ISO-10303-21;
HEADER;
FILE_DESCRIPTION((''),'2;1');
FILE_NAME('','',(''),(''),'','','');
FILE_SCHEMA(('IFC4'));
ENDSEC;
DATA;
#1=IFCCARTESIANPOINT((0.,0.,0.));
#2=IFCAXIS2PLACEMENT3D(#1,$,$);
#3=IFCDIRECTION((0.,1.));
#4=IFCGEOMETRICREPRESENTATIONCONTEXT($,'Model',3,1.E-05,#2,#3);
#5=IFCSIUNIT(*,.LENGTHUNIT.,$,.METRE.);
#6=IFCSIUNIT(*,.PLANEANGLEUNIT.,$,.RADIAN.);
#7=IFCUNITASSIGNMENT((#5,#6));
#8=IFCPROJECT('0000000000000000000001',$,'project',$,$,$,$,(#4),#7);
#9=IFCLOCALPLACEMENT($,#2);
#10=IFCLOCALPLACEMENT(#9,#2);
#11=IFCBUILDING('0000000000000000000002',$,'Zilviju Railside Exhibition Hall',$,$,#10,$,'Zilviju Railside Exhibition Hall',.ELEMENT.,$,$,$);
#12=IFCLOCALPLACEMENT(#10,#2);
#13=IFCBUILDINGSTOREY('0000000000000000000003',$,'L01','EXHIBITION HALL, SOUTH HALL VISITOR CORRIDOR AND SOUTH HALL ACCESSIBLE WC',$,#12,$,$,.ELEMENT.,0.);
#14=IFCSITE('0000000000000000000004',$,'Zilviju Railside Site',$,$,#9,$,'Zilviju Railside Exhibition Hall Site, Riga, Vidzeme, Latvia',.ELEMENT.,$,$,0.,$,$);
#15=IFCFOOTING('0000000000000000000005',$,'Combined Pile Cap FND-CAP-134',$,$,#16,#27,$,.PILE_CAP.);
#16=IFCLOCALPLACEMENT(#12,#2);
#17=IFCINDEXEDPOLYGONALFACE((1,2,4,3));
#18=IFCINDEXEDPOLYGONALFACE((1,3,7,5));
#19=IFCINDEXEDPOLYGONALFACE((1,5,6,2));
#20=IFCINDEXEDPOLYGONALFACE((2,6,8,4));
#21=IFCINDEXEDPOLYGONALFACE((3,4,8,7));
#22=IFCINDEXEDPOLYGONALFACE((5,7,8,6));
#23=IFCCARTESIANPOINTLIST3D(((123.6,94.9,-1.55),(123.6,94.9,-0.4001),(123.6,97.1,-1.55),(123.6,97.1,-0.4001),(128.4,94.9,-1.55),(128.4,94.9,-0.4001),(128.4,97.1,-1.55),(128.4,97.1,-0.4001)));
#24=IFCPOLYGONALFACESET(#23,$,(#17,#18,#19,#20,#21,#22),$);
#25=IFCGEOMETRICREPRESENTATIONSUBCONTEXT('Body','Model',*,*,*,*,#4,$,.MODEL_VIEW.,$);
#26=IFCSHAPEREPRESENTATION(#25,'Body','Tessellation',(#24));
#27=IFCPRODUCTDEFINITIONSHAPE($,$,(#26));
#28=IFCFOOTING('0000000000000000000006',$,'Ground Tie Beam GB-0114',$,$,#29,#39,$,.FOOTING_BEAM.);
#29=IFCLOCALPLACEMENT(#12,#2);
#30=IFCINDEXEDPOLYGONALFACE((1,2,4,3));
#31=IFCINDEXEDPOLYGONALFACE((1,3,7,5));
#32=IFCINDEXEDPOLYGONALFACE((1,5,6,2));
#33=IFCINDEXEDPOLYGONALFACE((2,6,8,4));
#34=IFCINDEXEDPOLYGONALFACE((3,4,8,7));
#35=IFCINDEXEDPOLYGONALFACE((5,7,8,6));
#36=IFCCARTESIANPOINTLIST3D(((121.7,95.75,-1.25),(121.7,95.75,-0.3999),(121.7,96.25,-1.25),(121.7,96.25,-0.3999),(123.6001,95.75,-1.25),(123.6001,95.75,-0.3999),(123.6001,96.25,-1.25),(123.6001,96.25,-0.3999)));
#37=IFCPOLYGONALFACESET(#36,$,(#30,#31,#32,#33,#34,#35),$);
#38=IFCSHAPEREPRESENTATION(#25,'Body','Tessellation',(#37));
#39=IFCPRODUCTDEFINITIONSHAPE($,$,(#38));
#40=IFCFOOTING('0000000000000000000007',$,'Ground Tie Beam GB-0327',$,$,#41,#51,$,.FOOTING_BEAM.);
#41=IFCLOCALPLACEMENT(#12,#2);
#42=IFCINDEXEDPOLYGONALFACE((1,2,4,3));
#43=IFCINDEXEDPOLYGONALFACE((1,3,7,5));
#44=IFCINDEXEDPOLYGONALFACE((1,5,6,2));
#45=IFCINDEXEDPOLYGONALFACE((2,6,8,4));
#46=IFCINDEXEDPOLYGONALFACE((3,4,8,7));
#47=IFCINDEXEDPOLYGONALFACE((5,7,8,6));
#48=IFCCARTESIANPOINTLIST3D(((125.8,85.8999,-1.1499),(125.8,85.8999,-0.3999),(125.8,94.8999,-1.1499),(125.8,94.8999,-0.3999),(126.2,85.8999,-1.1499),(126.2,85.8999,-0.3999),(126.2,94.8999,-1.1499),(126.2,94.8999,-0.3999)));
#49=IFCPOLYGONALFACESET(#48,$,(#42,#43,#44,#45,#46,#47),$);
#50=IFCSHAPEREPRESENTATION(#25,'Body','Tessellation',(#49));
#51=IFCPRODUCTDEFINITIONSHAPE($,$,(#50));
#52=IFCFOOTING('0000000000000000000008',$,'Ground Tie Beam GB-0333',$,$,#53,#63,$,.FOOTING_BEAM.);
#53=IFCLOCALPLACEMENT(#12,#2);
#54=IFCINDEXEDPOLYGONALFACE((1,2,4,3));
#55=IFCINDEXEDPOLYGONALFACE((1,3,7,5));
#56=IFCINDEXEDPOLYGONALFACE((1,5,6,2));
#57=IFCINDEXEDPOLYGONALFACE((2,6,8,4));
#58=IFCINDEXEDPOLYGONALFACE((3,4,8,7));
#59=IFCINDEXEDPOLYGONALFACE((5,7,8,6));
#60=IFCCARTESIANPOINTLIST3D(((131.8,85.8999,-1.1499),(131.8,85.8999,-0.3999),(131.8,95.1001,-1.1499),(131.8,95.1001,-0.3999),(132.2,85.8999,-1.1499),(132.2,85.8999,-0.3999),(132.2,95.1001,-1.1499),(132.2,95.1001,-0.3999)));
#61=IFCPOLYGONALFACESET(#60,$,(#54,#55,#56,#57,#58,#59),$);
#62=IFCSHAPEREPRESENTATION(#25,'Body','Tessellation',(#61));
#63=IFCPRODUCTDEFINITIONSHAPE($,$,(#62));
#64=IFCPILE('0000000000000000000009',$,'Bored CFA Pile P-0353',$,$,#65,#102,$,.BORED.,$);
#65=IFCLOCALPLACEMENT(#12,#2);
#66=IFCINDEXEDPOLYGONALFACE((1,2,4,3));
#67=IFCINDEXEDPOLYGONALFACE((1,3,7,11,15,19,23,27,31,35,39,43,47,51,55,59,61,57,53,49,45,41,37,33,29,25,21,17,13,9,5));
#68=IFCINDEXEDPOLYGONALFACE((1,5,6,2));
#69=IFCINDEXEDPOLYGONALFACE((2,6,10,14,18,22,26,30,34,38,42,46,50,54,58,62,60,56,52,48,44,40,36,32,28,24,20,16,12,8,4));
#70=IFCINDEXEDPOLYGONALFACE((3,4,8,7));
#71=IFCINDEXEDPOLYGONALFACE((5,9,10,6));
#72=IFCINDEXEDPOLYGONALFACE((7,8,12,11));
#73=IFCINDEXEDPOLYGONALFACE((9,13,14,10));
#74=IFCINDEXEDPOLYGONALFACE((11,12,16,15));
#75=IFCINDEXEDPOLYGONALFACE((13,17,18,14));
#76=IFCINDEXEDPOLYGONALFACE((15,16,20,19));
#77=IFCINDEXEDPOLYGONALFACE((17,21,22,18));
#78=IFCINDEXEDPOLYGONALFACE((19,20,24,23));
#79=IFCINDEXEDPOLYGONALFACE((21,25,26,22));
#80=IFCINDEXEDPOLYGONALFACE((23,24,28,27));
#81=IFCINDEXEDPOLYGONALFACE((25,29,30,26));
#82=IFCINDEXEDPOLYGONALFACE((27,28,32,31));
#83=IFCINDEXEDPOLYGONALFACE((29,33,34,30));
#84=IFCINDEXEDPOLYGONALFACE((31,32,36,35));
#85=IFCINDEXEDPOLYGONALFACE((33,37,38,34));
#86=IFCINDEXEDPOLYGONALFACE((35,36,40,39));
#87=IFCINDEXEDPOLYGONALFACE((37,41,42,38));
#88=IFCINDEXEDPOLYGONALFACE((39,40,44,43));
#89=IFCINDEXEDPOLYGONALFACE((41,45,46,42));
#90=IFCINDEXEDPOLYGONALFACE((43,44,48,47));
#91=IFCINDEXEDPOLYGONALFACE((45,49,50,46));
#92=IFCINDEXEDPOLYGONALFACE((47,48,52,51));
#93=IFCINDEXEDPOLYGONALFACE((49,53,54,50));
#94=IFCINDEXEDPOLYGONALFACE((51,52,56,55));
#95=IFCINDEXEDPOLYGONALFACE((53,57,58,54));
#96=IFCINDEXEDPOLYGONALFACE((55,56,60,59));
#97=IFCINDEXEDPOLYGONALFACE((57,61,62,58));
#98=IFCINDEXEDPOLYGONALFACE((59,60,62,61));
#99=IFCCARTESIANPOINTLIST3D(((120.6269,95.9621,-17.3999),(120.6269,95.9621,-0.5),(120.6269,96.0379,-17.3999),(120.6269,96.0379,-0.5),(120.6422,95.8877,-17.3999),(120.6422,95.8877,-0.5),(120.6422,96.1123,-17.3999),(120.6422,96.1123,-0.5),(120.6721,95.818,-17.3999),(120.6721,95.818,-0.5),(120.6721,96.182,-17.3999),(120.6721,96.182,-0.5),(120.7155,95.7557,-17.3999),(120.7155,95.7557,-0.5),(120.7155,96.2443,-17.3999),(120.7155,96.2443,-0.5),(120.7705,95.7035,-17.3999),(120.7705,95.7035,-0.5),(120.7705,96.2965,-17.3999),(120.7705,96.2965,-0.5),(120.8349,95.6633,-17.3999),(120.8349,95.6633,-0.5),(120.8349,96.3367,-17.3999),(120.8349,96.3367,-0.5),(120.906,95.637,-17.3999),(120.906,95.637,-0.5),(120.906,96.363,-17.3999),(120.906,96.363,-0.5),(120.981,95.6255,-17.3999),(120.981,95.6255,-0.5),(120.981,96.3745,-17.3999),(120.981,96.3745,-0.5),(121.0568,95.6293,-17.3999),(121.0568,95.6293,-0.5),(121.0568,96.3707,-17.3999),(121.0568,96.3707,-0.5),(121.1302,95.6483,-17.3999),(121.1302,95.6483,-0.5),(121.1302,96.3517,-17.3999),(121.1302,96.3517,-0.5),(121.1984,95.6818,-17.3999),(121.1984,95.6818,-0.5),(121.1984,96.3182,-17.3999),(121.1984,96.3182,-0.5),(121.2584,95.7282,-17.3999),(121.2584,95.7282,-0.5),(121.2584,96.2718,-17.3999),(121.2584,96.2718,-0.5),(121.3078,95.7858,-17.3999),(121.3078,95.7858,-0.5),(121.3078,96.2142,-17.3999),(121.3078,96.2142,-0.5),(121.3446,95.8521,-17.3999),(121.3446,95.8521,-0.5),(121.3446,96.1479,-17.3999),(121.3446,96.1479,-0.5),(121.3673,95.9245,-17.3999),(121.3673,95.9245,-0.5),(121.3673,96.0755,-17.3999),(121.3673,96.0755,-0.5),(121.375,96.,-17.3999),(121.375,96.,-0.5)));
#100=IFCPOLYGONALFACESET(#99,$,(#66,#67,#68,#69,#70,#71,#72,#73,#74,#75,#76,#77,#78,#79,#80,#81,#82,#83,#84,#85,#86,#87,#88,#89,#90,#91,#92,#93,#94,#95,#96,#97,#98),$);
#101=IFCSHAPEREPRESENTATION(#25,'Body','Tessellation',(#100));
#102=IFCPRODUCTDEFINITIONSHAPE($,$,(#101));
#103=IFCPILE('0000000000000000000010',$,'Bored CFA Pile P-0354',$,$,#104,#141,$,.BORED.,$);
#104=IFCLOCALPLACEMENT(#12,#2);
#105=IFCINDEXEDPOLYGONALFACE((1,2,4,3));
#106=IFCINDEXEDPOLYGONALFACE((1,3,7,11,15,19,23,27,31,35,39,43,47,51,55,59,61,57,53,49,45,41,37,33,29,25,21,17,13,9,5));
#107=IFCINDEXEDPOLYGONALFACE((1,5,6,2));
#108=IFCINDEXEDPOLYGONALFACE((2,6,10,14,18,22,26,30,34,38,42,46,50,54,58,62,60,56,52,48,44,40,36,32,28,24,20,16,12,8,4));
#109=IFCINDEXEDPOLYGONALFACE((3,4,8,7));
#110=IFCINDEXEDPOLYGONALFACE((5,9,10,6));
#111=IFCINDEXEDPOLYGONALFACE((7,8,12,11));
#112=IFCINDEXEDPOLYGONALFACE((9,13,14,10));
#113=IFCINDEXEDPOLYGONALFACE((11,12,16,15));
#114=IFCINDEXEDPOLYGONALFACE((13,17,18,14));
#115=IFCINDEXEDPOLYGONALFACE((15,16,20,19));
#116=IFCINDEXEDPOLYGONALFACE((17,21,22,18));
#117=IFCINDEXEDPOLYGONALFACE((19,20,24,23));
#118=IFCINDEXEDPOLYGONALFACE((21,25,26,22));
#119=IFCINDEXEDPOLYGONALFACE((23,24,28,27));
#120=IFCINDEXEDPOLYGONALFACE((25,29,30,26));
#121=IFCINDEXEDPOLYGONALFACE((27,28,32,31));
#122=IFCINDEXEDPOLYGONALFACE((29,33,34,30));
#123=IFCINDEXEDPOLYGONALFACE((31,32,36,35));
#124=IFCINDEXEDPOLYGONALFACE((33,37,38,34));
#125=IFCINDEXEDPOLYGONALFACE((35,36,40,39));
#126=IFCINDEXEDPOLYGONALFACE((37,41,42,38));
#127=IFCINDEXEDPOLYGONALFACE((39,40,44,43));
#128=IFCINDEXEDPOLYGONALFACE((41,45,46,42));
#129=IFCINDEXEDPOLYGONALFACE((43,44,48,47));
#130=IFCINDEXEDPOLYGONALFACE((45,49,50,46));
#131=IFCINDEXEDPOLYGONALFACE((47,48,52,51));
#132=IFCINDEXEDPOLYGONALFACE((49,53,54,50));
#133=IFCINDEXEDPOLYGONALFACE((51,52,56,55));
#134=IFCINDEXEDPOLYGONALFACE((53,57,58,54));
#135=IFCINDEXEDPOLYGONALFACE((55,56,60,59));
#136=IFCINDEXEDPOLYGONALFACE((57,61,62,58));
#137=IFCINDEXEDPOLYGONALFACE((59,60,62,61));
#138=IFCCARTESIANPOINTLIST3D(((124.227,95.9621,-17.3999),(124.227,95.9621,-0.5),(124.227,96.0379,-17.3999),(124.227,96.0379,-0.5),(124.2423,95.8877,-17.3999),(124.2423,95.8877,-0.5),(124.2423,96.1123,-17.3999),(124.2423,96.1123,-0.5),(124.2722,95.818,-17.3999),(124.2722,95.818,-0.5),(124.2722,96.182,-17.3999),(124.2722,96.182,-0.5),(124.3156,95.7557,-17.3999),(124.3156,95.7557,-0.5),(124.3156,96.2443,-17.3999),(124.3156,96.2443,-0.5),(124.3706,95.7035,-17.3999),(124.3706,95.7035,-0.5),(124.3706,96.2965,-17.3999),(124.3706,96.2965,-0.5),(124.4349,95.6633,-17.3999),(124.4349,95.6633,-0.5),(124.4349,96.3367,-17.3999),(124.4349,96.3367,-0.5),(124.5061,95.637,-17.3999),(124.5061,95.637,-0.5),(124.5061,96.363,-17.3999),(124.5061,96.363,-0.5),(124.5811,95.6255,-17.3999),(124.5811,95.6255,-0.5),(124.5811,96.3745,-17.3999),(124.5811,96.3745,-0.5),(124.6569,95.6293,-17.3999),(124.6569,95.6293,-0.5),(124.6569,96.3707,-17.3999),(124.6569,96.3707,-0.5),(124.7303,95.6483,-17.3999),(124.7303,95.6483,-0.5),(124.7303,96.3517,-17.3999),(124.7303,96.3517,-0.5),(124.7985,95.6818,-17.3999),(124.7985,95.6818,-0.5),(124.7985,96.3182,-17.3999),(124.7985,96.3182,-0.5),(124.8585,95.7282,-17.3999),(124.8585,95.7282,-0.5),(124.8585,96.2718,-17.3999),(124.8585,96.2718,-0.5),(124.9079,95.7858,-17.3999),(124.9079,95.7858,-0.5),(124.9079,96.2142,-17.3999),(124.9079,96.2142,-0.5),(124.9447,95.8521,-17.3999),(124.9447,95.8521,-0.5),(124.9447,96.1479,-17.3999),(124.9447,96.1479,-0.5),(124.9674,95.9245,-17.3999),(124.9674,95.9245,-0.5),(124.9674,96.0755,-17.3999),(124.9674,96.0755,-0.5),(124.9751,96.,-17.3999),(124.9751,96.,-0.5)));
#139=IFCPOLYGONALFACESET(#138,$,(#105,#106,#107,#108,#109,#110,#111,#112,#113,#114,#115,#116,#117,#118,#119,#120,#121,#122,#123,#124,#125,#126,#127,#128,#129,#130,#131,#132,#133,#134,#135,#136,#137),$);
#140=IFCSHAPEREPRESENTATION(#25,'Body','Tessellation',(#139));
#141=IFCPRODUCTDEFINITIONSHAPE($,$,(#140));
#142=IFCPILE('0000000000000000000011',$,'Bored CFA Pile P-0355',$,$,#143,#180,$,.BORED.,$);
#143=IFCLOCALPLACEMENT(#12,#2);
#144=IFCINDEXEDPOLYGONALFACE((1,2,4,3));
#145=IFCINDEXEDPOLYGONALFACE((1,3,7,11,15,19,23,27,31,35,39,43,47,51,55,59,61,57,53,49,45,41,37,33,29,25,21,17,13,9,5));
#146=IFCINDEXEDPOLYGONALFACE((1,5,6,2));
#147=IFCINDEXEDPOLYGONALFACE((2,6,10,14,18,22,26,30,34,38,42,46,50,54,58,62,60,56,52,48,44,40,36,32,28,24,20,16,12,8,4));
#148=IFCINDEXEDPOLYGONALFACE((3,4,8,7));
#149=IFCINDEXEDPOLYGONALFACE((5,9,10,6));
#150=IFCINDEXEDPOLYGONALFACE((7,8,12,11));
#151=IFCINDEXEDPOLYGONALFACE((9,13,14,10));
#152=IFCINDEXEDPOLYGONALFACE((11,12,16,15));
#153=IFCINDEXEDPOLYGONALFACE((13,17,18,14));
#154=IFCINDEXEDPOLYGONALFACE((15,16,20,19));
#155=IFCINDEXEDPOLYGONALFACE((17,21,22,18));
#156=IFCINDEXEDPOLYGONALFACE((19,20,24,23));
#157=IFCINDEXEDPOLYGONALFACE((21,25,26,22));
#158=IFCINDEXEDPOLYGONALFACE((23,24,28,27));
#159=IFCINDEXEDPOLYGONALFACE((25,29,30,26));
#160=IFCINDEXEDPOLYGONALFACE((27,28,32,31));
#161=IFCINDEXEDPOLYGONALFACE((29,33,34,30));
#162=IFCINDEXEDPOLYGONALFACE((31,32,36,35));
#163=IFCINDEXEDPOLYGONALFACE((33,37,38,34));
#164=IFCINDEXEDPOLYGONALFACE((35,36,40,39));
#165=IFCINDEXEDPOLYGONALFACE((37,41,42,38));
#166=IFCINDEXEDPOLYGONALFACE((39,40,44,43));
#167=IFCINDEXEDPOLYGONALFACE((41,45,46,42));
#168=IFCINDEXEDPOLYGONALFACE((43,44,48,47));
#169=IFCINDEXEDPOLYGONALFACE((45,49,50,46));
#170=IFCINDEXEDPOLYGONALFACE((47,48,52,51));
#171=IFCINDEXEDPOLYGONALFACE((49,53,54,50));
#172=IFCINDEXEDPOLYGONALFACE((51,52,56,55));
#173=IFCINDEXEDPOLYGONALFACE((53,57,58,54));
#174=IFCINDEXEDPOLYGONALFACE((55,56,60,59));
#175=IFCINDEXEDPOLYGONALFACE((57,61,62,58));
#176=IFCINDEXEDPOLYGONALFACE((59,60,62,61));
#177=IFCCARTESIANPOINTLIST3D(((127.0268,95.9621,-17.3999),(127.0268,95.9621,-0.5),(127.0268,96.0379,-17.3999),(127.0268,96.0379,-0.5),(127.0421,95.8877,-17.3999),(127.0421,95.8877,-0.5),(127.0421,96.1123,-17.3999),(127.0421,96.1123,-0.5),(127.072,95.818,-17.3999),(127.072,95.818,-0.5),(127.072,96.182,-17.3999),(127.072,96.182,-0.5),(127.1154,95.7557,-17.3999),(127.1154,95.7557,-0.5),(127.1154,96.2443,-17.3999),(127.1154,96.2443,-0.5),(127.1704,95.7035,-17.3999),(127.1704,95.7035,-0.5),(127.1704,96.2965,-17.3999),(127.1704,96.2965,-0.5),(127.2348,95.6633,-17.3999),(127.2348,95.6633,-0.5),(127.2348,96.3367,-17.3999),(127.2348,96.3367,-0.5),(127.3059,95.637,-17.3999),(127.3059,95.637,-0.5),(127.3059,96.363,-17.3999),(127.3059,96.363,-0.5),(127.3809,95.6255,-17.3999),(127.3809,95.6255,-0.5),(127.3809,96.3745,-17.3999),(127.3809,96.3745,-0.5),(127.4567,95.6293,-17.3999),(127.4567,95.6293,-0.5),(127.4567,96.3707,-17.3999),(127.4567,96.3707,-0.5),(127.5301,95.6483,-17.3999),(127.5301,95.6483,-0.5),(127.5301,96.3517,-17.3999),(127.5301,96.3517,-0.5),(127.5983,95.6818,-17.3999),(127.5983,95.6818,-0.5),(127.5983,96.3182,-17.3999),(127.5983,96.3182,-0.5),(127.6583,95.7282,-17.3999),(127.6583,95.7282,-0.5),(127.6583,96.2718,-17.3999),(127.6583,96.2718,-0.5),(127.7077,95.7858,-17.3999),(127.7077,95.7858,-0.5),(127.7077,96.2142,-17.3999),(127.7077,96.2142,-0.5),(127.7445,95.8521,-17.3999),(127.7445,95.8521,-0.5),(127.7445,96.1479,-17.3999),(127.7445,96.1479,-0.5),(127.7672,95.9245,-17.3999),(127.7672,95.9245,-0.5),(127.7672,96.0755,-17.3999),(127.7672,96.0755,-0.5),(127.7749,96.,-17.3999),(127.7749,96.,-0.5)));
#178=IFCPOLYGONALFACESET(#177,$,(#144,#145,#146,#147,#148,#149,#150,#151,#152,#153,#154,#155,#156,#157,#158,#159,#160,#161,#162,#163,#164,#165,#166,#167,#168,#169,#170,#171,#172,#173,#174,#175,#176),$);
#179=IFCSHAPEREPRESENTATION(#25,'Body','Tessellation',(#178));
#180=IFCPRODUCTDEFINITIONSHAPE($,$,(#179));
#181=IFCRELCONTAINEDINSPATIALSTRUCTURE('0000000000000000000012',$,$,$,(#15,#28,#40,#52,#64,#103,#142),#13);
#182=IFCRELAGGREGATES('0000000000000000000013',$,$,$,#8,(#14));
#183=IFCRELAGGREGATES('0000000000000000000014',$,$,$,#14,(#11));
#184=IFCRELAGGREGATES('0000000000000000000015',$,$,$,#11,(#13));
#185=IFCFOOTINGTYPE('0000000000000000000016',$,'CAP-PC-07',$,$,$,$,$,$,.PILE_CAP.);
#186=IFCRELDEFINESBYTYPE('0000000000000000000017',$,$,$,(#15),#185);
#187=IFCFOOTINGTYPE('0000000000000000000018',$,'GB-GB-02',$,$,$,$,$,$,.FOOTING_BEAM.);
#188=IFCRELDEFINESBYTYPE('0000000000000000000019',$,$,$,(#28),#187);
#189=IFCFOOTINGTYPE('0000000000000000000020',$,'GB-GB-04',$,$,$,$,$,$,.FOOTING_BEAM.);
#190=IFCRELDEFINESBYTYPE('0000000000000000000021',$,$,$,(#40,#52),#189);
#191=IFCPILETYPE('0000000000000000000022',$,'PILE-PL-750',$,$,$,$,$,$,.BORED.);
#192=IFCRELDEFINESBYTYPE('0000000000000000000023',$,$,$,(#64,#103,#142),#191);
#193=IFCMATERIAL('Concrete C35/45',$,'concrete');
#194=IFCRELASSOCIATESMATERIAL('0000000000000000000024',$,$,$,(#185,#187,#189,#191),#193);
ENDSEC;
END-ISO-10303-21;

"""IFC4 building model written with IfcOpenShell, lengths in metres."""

from ifc_helpers import new_model, si_unit, direction, frame, origin, origin_2d, place, context, subcontext, project, spatial, rectangle, circle, extrude, material, material_profile, profile_set, type_object, element, save


model = new_model("IFC4")

# Units and contexts
model_context = context("Model", 3, precision=1e-05, world=origin(), true_north=direction((0.0, 1.0)))
body_context = subcontext(model_context, "Body", "Model", "MODEL_VIEW")
ifc_project = project(units=[si_unit("LENGTHUNIT", "METRE"), si_unit("PLANEANGLEUNIT", "RADIAN")], contexts=[model_context])

# Site, building, storey
site_placement = place(None, origin())
site = spatial("IfcSite", under=ifc_project, at=site_placement, Name="Zilviju Railside Site", LongName="Zilviju Railside Exhibition Hall Site, Riga, Vidzeme, Latvia", CompositionType="ELEMENT", RefElevation=0.0)
building_placement = place(site_placement, origin())
building = spatial("IfcBuilding", under=site, at=building_placement, Name="Zilviju Railside Exhibition Hall", LongName="Zilviju Railside Exhibition Hall", CompositionType="ELEMENT")
storey_placement = place(building_placement, origin())
storey = spatial("IfcBuildingStorey", under=building, at=storey_placement, Name="L01", Description="EXHIBITION HALL, SOUTH HALL VISITOR CORRIDOR AND SOUTH HALL ACCESSIBLE WC", CompositionType="ELEMENT", Elevation=0.0)

# Footings
ifc_material_1 = material(Name="Concrete C35/45", Category="concrete")
footing_type_1 = type_object("IfcFootingType", Name="CAP-PC-07", PredefinedType="PILE_CAP", material=ifc_material_1)
footing_1_placement = place(storey_placement, frame((126.0, 96.0, -1.55), z_axis=(0.0, 0.0, 1.0), x_axis=(1.0, 0.0, 0.0)))
element("IfcFooting", 1, at=footing_1_placement, inside=storey, type_object=footing_type_1, Name="Combined Pile Cap FND-CAP-134", PredefinedType="PILE_CAP", context=body_context, shape_type="SweptSolid", body=[
    extrude(rectangle(XDim=4.8, YDim=2.2, at=origin_2d()), origin(), (0.0, 0.0, 1.0), 1.1499),
])
ifc_material_profile_1 = material_profile(ifc_material_1, rectangle(XDim=0.5, YDim=0.8501, at=origin_2d()), Name="TIE BEAM 500x850")
ifc_profile_set_1 = profile_set([ifc_material_profile_1], Name="Concrete C35/45")
footing_type_2 = type_object("IfcFootingType", Name="GB-GB-02", PredefinedType="FOOTING_BEAM", material=ifc_profile_set_1)
footing_2_placement = place(storey_placement, frame((121.7, 96.0, -0.825), z_axis=(1.0, 0.0, 0.0), x_axis=(0.0, 1.0, 0.0)))
element("IfcFooting", 2, at=footing_2_placement, inside=storey, type_object=footing_type_2, Name="Ground Tie Beam GB-0114", PredefinedType="FOOTING_BEAM", context=body_context, shape_type="SweptSolid", body=[
    extrude(rectangle(XDim=0.5, YDim=0.8501, at=origin_2d()), origin(), (0.0, 0.0, 1.0), 1.9001),
])
ifc_material_profile_2 = material_profile(ifc_material_1, rectangle(XDim=0.3999, YDim=0.75, at=origin_2d()), Name="TIE BEAM 400x750")
ifc_profile_set_2 = profile_set([ifc_material_profile_2], Name="Concrete C35/45")
footing_type_3 = type_object("IfcFootingType", Name="GB-GB-04", PredefinedType="FOOTING_BEAM", material=ifc_profile_set_2)
footing_3_placement = place(storey_placement, frame((126.0, 85.8999, -0.7749), z_axis=(0.0, 1.0, 0.0), x_axis=(-1.0, 0.0, 0.0)))
element("IfcFooting", 3, at=footing_3_placement, inside=storey, type_object=footing_type_3, Name="Ground Tie Beam GB-0327", PredefinedType="FOOTING_BEAM", context=body_context, shape_type="SweptSolid", body=[
    extrude(rectangle(XDim=0.3999, YDim=0.75, at=origin_2d()), origin(), (0.0, 0.0, 1.0), 9.0),
])
footing_4_placement = place(storey_placement, frame((132.0, 85.8999, -0.7749), z_axis=(0.0, 1.0, 0.0), x_axis=(-1.0, 0.0, 0.0)))
element("IfcFooting", 4, at=footing_4_placement, inside=storey, type_object=footing_type_3, Name="Ground Tie Beam GB-0333", PredefinedType="FOOTING_BEAM", context=body_context, shape_type="SweptSolid", body=[
    extrude(rectangle(XDim=0.3999, YDim=0.75, at=origin_2d()), origin(), (0.0, 0.0, 1.0), 9.2002),
])

# Piles
ifc_material_profile_3 = material_profile(ifc_material_1, circle(Radius=0.375, at=origin_2d()), Name="CFA PILE D750")
ifc_profile_set_3 = profile_set([ifc_material_profile_3], Name="Concrete C35/45")
pile_type_1 = type_object("IfcPileType", Name="PILE-PL-750", PredefinedType="BORED", material=ifc_profile_set_3)
for number, where, z_axis, x_axis, name in (
    (5, (121.0, 96.0, -0.5), (0.0, 0.0, -1.0), (1.0, 0.0, 0.0), "Bored CFA Pile P-0353"),
    (6, (124.6001, 96.0, -0.5), (0.0, 0.0, -1.0), (1.0, 0.0, 0.0), "Bored CFA Pile P-0354"),
    (7, (127.3999, 96.0, -0.5), (0.0, 0.0, -1.0), (1.0, 0.0, 0.0), "Bored CFA Pile P-0355"),
):
    element("IfcPile", number, at=place(storey_placement, frame(where, z_axis=z_axis, x_axis=x_axis)), inside=storey, type_object=pile_type_1, Name=name, PredefinedType="BORED", context=body_context, shape_type="SweptSolid", body=[
        extrude(circle(Radius=0.375, at=origin_2d()), origin(), (0.0, 0.0, 1.0), 16.8999),
    ])

save(model, "model.ifc")
